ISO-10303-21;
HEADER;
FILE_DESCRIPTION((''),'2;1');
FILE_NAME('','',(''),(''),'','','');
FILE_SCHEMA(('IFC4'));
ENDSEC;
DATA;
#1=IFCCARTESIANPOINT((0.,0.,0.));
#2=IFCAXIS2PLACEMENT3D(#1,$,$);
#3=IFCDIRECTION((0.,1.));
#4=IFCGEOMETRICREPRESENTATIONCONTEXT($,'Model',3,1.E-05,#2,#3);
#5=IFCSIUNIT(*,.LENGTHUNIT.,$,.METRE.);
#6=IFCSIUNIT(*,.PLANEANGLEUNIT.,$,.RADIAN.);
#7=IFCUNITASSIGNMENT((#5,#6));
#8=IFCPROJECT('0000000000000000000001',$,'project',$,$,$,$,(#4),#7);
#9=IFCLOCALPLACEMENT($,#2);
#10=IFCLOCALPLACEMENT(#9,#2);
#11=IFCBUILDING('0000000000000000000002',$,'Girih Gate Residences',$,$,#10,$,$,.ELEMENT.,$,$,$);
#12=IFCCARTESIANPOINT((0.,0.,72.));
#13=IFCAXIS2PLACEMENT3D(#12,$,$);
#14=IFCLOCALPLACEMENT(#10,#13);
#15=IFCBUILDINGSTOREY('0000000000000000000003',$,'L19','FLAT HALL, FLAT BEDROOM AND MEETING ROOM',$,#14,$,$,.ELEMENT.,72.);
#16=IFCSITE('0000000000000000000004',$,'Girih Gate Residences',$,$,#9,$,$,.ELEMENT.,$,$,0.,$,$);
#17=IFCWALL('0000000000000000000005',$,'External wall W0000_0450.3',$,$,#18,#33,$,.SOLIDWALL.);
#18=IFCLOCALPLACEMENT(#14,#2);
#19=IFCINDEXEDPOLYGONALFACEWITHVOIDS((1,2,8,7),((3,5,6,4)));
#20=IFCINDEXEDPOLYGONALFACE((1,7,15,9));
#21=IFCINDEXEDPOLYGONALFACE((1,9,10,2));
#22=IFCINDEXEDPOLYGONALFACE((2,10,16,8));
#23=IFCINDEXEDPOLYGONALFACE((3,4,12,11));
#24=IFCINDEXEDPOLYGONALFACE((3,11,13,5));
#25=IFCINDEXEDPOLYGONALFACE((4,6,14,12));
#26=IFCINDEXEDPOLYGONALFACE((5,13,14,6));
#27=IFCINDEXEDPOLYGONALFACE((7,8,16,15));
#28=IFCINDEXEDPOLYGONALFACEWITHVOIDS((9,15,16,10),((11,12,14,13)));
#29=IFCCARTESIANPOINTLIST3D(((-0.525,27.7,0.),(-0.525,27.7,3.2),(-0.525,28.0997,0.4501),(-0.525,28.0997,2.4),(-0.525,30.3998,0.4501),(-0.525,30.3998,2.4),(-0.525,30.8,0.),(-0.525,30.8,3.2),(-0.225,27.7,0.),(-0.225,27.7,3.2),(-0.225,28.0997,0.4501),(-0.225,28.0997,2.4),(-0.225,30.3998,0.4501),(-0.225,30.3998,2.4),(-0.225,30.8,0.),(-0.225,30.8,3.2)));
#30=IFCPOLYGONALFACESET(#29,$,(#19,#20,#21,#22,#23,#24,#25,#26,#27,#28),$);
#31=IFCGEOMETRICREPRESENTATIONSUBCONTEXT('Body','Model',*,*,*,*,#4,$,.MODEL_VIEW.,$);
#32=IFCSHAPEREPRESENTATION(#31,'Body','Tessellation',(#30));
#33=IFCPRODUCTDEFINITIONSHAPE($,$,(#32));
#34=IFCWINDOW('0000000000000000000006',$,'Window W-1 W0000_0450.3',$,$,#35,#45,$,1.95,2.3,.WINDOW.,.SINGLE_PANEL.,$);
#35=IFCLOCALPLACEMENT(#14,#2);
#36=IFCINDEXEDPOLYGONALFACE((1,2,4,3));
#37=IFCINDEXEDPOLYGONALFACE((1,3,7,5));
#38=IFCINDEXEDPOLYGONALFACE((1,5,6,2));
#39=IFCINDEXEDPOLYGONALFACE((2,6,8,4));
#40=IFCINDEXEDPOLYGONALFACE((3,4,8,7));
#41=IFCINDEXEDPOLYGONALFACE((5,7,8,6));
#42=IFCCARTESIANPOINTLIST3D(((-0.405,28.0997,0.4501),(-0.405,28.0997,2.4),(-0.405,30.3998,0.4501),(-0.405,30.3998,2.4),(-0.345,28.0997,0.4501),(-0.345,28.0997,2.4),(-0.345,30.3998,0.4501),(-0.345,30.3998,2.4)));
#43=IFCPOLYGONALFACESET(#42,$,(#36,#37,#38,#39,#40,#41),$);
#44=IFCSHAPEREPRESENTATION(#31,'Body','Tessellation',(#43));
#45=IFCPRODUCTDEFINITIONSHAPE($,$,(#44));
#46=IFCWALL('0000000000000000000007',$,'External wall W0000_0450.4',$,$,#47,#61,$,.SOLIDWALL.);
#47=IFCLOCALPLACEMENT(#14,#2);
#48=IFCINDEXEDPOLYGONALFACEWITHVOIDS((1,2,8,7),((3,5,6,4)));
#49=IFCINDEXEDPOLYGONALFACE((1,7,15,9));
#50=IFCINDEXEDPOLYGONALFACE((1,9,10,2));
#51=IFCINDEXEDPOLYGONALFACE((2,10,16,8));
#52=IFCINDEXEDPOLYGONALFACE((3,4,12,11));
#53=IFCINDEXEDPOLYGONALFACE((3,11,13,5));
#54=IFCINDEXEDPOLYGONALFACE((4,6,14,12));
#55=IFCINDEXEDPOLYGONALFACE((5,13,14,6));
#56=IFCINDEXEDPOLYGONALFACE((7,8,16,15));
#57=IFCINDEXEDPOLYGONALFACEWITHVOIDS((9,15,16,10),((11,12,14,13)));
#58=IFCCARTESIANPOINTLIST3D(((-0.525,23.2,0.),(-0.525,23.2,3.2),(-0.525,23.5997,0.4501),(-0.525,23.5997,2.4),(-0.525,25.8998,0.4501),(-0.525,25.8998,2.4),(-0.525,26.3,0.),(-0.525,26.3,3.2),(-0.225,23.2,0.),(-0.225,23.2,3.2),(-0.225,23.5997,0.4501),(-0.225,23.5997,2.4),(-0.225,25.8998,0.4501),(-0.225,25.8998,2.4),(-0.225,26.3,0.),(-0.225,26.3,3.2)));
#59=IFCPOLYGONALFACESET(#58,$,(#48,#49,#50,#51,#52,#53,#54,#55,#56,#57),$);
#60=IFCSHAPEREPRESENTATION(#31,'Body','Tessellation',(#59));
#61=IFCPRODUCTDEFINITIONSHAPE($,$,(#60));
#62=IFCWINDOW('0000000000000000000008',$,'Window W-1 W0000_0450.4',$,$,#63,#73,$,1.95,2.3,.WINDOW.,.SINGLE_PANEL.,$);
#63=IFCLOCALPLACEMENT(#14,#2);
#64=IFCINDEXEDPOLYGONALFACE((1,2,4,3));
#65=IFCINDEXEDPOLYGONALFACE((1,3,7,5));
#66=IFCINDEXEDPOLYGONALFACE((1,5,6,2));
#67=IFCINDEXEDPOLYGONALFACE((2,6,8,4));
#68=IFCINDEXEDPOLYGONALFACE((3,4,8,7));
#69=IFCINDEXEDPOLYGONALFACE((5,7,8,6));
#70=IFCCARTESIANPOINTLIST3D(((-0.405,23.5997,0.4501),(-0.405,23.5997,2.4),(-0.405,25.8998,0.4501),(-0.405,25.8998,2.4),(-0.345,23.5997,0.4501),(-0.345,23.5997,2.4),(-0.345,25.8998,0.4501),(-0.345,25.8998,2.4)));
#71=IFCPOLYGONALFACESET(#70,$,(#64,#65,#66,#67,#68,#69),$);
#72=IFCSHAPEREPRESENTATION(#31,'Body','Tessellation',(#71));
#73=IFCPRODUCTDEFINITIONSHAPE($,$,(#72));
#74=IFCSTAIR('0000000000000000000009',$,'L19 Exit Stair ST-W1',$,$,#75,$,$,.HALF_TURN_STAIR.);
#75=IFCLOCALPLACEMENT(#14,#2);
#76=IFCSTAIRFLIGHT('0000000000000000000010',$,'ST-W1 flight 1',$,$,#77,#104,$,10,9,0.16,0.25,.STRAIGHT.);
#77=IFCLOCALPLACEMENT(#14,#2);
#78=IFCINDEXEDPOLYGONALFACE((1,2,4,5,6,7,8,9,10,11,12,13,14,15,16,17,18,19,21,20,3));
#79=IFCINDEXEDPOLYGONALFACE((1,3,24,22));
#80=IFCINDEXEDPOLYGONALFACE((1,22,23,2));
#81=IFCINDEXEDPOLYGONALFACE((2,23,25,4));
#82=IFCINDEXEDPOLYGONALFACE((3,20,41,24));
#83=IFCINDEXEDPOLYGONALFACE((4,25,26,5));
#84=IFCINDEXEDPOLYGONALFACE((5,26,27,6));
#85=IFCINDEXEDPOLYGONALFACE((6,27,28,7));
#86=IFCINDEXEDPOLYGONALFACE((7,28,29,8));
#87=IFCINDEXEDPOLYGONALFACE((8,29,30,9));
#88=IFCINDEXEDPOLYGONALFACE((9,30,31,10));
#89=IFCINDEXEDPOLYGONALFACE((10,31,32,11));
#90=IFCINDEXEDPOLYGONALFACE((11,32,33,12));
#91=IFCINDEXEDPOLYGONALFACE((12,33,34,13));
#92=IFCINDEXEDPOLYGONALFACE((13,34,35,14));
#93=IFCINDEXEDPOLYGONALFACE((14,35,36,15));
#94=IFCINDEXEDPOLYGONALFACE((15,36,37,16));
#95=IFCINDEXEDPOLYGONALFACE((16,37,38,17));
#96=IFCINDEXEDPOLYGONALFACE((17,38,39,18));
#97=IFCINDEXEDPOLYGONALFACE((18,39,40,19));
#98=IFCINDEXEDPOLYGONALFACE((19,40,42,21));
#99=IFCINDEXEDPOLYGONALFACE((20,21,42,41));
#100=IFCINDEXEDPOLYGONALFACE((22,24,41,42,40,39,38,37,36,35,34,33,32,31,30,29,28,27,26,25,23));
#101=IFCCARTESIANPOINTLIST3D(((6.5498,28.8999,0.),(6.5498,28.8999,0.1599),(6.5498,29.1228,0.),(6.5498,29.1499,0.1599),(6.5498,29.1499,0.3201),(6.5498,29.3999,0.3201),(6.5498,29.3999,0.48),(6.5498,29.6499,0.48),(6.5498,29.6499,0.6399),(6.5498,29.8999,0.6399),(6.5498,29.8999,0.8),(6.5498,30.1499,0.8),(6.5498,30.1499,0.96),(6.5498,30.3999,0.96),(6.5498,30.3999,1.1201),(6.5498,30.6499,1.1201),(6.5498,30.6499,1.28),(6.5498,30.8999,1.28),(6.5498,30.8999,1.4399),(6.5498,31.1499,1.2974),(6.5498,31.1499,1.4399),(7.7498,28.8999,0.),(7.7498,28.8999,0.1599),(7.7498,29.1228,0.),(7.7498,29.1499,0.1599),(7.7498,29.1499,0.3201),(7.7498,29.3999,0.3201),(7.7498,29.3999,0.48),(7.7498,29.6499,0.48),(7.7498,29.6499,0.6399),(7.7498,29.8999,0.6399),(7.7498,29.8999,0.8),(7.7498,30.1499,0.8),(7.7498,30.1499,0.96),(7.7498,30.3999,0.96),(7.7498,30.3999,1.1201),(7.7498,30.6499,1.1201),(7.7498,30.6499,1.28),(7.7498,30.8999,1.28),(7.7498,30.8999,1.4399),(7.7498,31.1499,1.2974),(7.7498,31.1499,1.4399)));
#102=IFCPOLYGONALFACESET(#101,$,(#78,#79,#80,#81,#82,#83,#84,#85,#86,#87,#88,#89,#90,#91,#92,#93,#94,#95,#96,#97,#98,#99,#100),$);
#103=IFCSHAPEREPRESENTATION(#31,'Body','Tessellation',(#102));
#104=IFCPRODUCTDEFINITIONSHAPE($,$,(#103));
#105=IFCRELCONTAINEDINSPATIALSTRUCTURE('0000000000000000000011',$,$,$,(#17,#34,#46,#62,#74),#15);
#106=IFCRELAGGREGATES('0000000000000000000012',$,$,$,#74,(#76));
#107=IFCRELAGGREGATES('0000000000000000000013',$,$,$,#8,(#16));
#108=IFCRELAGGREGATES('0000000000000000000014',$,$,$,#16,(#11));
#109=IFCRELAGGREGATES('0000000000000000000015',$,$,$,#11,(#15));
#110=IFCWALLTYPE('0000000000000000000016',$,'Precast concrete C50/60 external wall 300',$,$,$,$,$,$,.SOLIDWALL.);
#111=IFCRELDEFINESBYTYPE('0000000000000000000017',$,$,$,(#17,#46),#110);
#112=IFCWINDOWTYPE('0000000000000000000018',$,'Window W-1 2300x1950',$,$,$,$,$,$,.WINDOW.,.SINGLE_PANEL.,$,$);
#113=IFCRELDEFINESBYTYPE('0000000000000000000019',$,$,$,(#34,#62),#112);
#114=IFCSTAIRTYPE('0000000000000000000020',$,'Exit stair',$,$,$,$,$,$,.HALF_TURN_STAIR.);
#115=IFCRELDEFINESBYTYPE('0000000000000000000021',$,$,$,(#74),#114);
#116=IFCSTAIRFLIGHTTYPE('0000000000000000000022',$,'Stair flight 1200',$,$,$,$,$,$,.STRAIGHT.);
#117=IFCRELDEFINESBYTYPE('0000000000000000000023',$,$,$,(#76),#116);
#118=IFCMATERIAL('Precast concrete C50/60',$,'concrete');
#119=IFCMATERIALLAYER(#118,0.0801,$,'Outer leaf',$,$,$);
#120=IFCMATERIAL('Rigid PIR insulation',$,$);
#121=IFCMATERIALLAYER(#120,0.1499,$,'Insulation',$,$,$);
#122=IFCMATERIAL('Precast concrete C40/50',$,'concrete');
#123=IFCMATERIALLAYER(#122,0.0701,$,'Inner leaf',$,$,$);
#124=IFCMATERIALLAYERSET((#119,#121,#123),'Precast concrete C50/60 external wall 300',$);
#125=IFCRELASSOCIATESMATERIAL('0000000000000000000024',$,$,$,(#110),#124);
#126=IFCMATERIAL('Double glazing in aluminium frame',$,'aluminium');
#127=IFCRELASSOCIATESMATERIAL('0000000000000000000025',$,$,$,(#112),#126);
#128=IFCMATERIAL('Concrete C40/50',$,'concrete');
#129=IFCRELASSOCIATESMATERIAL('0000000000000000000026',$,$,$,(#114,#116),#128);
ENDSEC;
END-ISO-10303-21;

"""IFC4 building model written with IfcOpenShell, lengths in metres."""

from ifc_helpers import new_model, si_unit, direction, frame, frame_2d, origin, place, context, subcontext, project, spatial, polyline, rectangle, outline, extrude, material, layer, layer_set, type_object, element, fill, aggregate, save


model = new_model("IFC4")

# Units and contexts
model_context = context("Model", 3, precision=1e-05, world=origin(), true_north=direction((0.0, 1.0)))
body_context = subcontext(model_context, "Body", "Model", "MODEL_VIEW")
ifc_project = project(units=[si_unit("LENGTHUNIT", "METRE"), si_unit("PLANEANGLEUNIT", "RADIAN")], contexts=[model_context])

# Site, building, storey
site_placement = place(None, origin())
site = spatial("IfcSite", under=ifc_project, at=site_placement, Name="Girih Gate Residences", CompositionType="ELEMENT", RefElevation=0.0)
building_placement = place(site_placement, origin())
building = spatial("IfcBuilding", under=site, at=building_placement, Name="Girih Gate Residences", CompositionType="ELEMENT")
storey_placement = place(building_placement, frame((0.0, 0.0, 72.0)))
storey = spatial("IfcBuildingStorey", under=building, at=storey_placement, Name="L19", Description="FLAT HALL, FLAT BEDROOM AND MEETING ROOM", CompositionType="ELEMENT", Elevation=72.0)

# Walls, openings, windows
ifc_material_1 = material(Name="Precast concrete C50/60", Category="concrete")
ifc_layer_1 = layer(ifc_material_1, 0.0801, Name="Outer leaf")
ifc_material_2 = material(Name="Rigid PIR insulation")
ifc_layer_2 = layer(ifc_material_2, 0.1499, Name="Insulation")
ifc_material_3 = material(Name="Precast concrete C40/50", Category="concrete")
ifc_layer_3 = layer(ifc_material_3, 0.0701, Name="Inner leaf")
ifc_layer_set_1 = layer_set([ifc_layer_1, ifc_layer_2, ifc_layer_3], Name="Precast concrete C50/60 external wall 300")
wall_type_1 = type_object("IfcWallType", Name="Precast concrete C50/60 external wall 300", PredefinedType="SOLIDWALL", material=ifc_layer_set_1)
wall_1_placement = place(storey_placement, frame((-0.375, 27.7, 0.0), z_axis=(0.0, 0.0, 1.0), x_axis=(0.0, 1.0, 0.0)))
wall_1 = element("IfcWall", 1, at=wall_1_placement, inside=storey, type_object=wall_type_1, Name="External wall W0000_0450.3", PredefinedType="SOLIDWALL", context=body_context, shape_type="SweptSolid", body=[
    extrude(rectangle(XDim=3.1001, YDim=0.3, at=frame_2d((1.55, 0.0))), origin(), (0.0, 0.0, 1.0), 3.2),
])
opening_1_placement = place(wall_1_placement, frame((0.3999, 0.0, 0.45)))
opening_1 = element("IfcOpeningElement", 2, at=opening_1_placement, cuts=wall_1, PredefinedType="OPENING", context=body_context, shape_type="SweptSolid", body=[
    extrude(rectangle(XDim=2.3, YDim=1.95, at=frame_2d((1.1499, 0.9751))), frame((0.0, 0.1599, 0.0), z_axis=(0.0, -1.0, 0.0), x_axis=(1.0, 0.0, 0.0)), (0.0, 0.0, 1.0), 0.3201),
])
ifc_material_4 = material(Name="Double glazing in aluminium frame", Category="aluminium")
window_type = type_object("IfcWindowType", Name="Window W-1 2300x1950", PartitioningType="SINGLE_PANEL", PredefinedType="WINDOW", material=ifc_material_4)
window_1_placement = place(opening_1_placement, origin())
window_1 = element("IfcWindow", 3, at=window_1_placement, inside=storey, type_object=window_type, Name="Window W-1 W0000_0450.3", OverallHeight=1.95, OverallWidth=2.3, PartitioningType="SINGLE_PANEL", PredefinedType="WINDOW", context=body_context, shape_type="SweptSolid", body=[
    extrude(rectangle(XDim=2.3, YDim=1.95, at=frame_2d((1.1499, 0.9751))), frame((0.0, 0.03, 0.0), z_axis=(0.0, -1.0, 0.0), x_axis=(1.0, 0.0, 0.0)), (0.0, 0.0, 1.0), 0.0601),
])
fill(opening_1, window_1)
wall_2_placement = place(storey_placement, frame((-0.375, 23.2, 0.0), z_axis=(0.0, 0.0, 1.0), x_axis=(0.0, 1.0, 0.0)))
wall_2 = element("IfcWall", 4, at=wall_2_placement, inside=storey, type_object=wall_type_1, Name="External wall W0000_0450.4", PredefinedType="SOLIDWALL", context=body_context, shape_type="SweptSolid", body=[
    extrude(rectangle(XDim=3.1001, YDim=0.3, at=frame_2d((1.55, 0.0))), origin(), (0.0, 0.0, 1.0), 3.2),
])
opening_2_placement = place(wall_2_placement, frame((0.3999, 0.0, 0.45)))
opening_2 = element("IfcOpeningElement", 5, at=opening_2_placement, cuts=wall_2, PredefinedType="OPENING", context=body_context, shape_type="SweptSolid", body=[
    extrude(rectangle(XDim=2.3, YDim=1.95, at=frame_2d((1.1499, 0.9751))), frame((0.0, 0.1599, 0.0), z_axis=(0.0, -1.0, 0.0), x_axis=(1.0, 0.0, 0.0)), (0.0, 0.0, 1.0), 0.3201),
])
window_2_placement = place(opening_2_placement, origin())
window_2 = element("IfcWindow", 6, at=window_2_placement, inside=storey, type_object=window_type, Name="Window W-1 W0000_0450.4", OverallHeight=1.95, OverallWidth=2.3, PartitioningType="SINGLE_PANEL", PredefinedType="WINDOW", context=body_context, shape_type="SweptSolid", body=[
    extrude(rectangle(XDim=2.3, YDim=1.95, at=frame_2d((1.1499, 0.9751))), frame((0.0, 0.03, 0.0), z_axis=(0.0, -1.0, 0.0), x_axis=(1.0, 0.0, 0.0)), (0.0, 0.0, 1.0), 0.0601),
])
fill(opening_2, window_2)

# Stair, stair flight
ifc_material_5 = material(Name="Concrete C40/50", Category="concrete")
stair_type = type_object("IfcStairType", Name="Exit stair", PredefinedType="HALF_TURN_STAIR", material=ifc_material_5)
stair_placement = place(storey_placement, origin())
stair = element("IfcStair", 7, at=stair_placement, inside=storey, type_object=stair_type, Name="L19 Exit Stair ST-W1", PredefinedType="HALF_TURN_STAIR")
stair_flight_type = type_object("IfcStairFlightType", Name="Stair flight 1200", PredefinedType="STRAIGHT", material=ifc_material_5)
stair_flight_placement = place(storey_placement, frame((7.1499, 28.8999, 0.0), z_axis=(0.0, 0.0, 1.0), x_axis=(0.0, 1.0, 0.0)))
stair_flight = element("IfcStairFlight", 8, at=stair_flight_placement, type_object=stair_flight_type, Name="ST-W1 flight 1", NumberOfRisers=10, NumberOfTreads=9, PredefinedType="STRAIGHT", RiserHeight=0.16, TreadLength=0.25, context=body_context, shape_type="SweptSolid", body=[
    extrude(outline(polyline([(0.0, 0.0), (0.0, 0.1599), (0.25, 0.1599), (0.25, 0.3201), (0.5, 0.3201), (0.5, 0.48), (0.75, 0.48), (0.75, 0.6399), (1.0, 0.6399), (1.0, 0.8), (1.25, 0.8), (1.25, 0.96), (1.5, 0.96), (1.5, 1.1201), (1.75, 1.1201), (1.75, 1.28), (2.0, 1.28), (2.0, 1.4399), (2.25, 1.4399), (2.25, 1.6001), (2.25, 1.2974), (0.2229, 0.0), (0.0, 0.0)])), frame((0.0, 0.6001, 0.0), z_axis=(0.0, -1.0, 0.0), x_axis=(1.0, 0.0, 0.0)), (0.0, 0.0, 1.0), 1.2),
])
aggregate(stair, [stair_flight])

save(model, "model.ifc")
